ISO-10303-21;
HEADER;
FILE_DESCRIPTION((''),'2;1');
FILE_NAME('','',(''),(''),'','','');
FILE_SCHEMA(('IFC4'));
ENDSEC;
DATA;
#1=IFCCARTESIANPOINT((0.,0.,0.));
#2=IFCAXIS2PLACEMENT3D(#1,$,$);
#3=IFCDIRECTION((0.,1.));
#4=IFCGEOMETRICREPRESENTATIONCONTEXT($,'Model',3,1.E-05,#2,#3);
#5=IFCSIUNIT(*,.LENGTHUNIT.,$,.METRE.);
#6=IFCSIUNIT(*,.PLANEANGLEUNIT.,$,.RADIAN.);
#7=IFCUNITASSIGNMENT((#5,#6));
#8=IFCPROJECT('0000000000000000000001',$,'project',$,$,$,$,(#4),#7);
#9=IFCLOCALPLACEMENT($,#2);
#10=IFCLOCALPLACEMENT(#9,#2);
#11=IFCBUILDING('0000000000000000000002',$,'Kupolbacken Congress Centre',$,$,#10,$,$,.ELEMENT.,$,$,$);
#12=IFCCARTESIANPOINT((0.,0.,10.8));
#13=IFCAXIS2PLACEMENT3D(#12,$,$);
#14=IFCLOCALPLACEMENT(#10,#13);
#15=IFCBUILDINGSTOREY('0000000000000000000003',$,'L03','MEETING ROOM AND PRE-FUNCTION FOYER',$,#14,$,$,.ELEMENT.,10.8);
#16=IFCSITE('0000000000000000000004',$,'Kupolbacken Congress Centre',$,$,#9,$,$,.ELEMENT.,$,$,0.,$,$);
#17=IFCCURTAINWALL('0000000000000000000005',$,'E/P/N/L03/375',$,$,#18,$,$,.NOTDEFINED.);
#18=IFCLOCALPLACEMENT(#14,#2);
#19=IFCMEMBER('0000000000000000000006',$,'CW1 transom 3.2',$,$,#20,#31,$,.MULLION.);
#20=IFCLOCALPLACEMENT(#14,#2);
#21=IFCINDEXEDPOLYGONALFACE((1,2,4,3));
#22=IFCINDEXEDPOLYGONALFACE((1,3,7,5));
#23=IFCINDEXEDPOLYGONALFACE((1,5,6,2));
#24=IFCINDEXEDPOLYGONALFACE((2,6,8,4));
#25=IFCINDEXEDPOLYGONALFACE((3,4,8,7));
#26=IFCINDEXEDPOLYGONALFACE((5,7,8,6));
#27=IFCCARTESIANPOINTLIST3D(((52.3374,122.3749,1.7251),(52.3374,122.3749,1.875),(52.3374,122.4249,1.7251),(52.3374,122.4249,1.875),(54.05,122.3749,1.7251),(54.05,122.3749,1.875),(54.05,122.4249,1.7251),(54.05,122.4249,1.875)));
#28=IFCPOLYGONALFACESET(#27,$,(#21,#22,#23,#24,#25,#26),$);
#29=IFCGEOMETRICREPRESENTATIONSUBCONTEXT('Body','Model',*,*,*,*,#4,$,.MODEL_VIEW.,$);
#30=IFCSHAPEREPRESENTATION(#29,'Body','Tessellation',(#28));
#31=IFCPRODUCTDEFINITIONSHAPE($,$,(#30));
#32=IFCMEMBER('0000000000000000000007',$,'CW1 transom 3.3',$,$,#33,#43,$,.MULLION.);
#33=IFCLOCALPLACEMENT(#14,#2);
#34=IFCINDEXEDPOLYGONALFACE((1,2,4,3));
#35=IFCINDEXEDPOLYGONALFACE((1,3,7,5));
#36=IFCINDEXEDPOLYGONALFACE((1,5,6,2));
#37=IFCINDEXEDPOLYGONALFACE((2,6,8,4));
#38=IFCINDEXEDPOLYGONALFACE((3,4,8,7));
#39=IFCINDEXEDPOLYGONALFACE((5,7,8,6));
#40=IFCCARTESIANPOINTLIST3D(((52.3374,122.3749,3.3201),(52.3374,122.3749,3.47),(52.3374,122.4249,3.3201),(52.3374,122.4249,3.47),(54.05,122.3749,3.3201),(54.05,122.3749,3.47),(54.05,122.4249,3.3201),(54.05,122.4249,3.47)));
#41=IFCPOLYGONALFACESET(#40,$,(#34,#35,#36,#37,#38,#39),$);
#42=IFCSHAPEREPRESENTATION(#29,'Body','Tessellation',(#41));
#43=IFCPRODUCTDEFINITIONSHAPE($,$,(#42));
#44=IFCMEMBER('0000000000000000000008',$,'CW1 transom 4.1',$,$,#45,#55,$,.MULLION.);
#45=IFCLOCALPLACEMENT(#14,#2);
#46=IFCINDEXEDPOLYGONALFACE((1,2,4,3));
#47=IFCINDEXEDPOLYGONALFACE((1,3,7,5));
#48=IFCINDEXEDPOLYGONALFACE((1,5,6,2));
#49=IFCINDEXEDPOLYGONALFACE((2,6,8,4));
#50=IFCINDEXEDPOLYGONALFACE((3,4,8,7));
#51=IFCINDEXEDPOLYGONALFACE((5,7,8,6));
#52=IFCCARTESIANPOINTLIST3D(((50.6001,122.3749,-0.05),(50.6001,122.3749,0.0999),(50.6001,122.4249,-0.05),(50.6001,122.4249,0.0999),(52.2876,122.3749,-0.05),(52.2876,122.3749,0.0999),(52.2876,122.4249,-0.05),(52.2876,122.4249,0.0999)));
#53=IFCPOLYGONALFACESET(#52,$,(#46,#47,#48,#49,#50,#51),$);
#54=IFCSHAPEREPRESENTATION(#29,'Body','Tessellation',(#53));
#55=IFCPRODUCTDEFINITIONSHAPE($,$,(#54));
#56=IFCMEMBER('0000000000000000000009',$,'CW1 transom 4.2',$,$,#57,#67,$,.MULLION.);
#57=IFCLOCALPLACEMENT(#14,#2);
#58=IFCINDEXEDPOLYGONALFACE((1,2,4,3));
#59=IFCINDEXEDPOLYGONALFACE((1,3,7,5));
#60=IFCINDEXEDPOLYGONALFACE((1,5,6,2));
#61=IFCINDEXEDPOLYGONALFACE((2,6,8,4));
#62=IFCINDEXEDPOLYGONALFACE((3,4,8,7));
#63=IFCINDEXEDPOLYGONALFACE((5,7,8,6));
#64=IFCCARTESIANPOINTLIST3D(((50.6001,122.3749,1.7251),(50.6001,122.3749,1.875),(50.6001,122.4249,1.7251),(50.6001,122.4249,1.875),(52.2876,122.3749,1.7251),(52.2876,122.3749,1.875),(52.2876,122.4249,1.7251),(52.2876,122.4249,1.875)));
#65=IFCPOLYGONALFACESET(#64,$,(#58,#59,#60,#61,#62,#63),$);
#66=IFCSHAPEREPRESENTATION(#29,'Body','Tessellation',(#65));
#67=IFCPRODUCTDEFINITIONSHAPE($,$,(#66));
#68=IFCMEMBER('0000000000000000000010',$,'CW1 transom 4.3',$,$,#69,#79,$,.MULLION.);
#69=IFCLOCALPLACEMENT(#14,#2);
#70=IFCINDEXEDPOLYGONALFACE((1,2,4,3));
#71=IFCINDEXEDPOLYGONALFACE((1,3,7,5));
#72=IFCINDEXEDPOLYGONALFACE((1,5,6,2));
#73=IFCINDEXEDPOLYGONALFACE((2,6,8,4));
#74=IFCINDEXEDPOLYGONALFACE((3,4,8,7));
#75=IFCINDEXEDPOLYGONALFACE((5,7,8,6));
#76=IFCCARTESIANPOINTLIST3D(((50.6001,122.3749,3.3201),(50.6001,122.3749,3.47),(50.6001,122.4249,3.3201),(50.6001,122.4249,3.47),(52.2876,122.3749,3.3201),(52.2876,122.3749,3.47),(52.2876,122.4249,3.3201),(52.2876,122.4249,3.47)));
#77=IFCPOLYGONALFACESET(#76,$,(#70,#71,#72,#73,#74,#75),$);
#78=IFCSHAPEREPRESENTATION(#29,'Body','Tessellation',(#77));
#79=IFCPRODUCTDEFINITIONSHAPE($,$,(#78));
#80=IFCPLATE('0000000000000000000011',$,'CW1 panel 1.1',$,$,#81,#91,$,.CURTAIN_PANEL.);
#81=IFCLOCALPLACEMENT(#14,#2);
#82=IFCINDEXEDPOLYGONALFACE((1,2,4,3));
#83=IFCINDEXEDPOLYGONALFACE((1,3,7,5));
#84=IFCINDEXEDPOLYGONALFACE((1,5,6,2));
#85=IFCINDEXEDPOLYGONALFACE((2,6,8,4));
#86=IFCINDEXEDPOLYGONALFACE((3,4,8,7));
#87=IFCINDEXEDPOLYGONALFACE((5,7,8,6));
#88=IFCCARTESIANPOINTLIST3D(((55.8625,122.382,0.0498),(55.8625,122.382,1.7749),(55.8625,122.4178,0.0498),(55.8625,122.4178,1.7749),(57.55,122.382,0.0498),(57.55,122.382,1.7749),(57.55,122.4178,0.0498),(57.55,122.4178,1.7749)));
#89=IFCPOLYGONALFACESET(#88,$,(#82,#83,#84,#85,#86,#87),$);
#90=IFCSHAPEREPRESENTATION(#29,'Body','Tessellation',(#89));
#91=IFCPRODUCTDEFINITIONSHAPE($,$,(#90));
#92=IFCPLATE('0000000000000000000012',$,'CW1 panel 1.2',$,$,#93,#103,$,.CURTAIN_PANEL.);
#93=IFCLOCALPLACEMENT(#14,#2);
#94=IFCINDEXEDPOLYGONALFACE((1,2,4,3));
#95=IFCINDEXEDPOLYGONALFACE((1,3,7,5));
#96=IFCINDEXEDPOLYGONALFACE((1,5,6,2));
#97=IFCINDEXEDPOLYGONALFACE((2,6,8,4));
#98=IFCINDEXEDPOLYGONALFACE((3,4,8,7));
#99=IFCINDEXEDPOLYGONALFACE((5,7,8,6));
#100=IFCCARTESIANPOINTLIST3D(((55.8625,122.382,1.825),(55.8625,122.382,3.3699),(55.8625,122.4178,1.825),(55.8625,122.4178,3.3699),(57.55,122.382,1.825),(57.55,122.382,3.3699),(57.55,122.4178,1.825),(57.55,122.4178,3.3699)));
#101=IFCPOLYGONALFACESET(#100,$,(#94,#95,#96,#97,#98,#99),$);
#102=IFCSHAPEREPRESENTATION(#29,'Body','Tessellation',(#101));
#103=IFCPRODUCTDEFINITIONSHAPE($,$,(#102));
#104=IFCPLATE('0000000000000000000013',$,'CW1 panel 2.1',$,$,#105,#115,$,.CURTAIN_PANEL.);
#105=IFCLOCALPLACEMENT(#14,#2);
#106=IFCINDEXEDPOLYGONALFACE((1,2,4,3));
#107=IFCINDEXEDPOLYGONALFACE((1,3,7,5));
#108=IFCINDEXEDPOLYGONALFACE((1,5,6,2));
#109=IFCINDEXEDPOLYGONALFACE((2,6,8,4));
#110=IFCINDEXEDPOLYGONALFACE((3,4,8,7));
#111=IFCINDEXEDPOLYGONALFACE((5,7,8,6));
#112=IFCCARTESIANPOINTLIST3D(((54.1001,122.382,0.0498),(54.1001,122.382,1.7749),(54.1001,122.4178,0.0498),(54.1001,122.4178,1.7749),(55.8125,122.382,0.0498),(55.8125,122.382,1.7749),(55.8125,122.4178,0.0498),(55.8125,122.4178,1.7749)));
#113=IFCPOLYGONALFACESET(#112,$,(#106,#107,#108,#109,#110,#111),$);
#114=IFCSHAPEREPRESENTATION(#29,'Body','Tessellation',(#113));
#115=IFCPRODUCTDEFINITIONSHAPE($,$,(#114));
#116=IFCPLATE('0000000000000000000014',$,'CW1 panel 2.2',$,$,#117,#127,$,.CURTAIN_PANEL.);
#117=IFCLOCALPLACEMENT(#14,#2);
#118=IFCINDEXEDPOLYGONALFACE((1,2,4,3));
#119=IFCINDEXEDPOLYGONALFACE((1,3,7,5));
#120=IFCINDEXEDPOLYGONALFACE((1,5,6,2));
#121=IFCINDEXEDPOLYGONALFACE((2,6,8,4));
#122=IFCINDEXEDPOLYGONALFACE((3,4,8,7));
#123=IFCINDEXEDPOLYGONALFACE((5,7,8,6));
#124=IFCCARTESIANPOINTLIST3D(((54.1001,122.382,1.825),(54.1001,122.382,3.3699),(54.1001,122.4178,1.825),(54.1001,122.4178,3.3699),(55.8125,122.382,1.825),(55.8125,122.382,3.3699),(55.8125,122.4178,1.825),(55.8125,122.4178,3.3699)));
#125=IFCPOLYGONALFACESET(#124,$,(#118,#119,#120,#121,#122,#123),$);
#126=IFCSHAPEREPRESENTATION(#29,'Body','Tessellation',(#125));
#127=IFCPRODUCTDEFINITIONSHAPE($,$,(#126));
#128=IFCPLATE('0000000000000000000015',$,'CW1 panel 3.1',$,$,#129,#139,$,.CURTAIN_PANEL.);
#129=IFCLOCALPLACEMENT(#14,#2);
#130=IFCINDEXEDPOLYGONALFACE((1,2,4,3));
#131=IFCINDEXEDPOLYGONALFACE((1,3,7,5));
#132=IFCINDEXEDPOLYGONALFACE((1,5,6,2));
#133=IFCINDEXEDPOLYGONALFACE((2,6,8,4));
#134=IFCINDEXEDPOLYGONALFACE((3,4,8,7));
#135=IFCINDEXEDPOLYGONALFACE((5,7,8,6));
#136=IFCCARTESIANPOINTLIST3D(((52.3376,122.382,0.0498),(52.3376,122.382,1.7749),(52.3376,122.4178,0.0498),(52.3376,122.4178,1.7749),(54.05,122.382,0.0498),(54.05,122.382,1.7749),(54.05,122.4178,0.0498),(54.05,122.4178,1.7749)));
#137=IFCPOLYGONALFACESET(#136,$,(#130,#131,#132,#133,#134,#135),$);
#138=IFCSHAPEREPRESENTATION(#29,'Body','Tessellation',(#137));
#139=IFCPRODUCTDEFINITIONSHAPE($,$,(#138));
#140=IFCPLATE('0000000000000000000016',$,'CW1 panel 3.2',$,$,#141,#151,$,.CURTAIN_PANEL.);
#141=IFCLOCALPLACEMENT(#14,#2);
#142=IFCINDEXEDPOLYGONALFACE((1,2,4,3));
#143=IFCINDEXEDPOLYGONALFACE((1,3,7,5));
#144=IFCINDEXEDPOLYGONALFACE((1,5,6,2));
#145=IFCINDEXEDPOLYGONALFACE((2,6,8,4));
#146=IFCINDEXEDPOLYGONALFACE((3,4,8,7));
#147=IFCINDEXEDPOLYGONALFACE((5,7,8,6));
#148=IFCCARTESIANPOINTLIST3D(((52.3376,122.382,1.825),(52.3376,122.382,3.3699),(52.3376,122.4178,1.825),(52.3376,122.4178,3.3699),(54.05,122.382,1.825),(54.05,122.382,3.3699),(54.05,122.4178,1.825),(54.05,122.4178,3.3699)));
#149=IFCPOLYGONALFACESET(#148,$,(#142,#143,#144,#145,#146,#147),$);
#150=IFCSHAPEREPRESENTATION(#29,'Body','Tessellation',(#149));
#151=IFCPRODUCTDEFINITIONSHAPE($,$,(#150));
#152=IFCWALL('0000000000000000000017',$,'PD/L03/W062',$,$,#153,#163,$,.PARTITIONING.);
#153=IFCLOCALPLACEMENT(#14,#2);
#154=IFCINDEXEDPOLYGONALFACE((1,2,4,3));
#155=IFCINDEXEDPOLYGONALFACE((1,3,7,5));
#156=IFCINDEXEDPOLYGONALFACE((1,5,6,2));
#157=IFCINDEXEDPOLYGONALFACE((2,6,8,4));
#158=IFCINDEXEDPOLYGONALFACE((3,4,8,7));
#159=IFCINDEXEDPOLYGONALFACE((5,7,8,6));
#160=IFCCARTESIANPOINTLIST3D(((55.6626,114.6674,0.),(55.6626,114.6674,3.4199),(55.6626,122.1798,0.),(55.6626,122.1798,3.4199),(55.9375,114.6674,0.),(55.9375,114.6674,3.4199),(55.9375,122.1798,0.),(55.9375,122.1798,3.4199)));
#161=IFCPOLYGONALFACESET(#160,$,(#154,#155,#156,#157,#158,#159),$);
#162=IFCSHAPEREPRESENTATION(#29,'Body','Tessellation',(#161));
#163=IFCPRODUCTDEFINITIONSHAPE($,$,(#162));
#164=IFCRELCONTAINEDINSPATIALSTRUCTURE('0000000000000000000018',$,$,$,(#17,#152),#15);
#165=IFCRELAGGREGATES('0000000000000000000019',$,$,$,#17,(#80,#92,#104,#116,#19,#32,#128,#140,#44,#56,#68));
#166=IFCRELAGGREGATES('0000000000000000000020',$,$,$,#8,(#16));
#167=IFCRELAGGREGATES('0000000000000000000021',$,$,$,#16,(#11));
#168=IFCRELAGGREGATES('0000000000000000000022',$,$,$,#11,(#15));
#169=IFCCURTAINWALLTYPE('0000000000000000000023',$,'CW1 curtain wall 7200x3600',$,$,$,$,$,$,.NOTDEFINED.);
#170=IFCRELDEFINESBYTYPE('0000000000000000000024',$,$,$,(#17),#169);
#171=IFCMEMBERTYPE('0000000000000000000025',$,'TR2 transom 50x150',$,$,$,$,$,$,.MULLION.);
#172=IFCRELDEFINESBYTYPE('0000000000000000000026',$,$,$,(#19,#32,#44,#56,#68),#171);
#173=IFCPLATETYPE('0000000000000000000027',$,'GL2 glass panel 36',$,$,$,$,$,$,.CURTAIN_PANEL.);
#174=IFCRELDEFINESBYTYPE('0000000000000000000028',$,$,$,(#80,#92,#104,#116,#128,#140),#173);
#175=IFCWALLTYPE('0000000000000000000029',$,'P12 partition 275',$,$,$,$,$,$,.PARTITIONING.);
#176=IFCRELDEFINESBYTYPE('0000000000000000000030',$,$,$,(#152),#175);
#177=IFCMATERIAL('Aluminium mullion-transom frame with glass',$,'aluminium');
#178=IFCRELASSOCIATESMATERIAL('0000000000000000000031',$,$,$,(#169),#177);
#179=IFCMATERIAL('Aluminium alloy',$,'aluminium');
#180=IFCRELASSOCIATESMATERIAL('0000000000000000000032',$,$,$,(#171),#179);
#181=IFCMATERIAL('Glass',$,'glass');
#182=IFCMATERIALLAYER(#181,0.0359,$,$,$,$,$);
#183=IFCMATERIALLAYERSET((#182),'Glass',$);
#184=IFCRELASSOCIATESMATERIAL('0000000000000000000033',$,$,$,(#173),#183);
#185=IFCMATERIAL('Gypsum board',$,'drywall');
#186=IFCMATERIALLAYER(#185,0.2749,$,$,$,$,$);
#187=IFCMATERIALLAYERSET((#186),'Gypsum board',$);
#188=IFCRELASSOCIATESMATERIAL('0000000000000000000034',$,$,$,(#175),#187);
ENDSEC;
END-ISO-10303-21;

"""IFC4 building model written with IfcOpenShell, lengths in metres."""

from ifc_helpers import new_model, si_unit, direction, frame, frame_2d, origin, origin_2d, place, context, subcontext, project, spatial, rectangle, extrude, material, layer, layer_set, material_profile, profile_set, type_object, element, aggregate, save


model = new_model("IFC4")

# Units and contexts
model_context = context("Model", 3, precision=1e-05, world=origin(), true_north=direction((0.0, 1.0)))
body_context = subcontext(model_context, "Body", "Model", "MODEL_VIEW")
ifc_project = project(units=[si_unit("LENGTHUNIT", "METRE"), si_unit("PLANEANGLEUNIT", "RADIAN")], contexts=[model_context])

# Site, building, storey
site_placement = place(None, origin())
site = spatial("IfcSite", under=ifc_project, at=site_placement, Name="Kupolbacken Congress Centre", CompositionType="ELEMENT", RefElevation=0.0)
building_placement = place(site_placement, origin())
building = spatial("IfcBuilding", under=site, at=building_placement, Name="Kupolbacken Congress Centre", CompositionType="ELEMENT")
storey_placement = place(building_placement, frame((0.0, 0.0, 10.8)))
storey = spatial("IfcBuildingStorey", under=building, at=storey_placement, Name="L03", Description="MEETING ROOM AND PRE-FUNCTION FOYER", CompositionType="ELEMENT", Elevation=10.8)

# Curtain wall, members, plates
ifc_material_1 = material(Name="Aluminium mullion-transom frame with glass", Category="aluminium")
curtain_wall_type = type_object("IfcCurtainWallType", Name="CW1 curtain wall 7200x3600", PredefinedType="NOTDEFINED", material=ifc_material_1)
curtain_wall_placement = place(storey_placement, origin())
curtain_wall = element("IfcCurtainWall", 1, at=curtain_wall_placement, inside=storey, type_object=curtain_wall_type, Name="E/P/N/L03/375", PredefinedType="NOTDEFINED")
ifc_material_2 = material(Name="Aluminium alloy", Category="aluminium")
ifc_material_profile_1 = material_profile(ifc_material_2, rectangle(XDim=0.05, YDim=0.1499, at=origin_2d()), Name="50 x 150")
ifc_profile_set_1 = profile_set([ifc_material_profile_1], Name="Aluminium alloy")
member_type_1 = type_object("IfcMemberType", Name="TR2 transom 50x150", PredefinedType="MULLION", material=ifc_profile_set_1)
member_1_placement = place(storey_placement, frame((54.05, 122.3999, 1.8), z_axis=(-1.0, 0.0, 0.0), x_axis=(0.0, -1.0, 0.0)))
member_1 = element("IfcMember", 2, at=member_1_placement, type_object=member_type_1, Name="CW1 transom 3.2", PredefinedType="MULLION", context=body_context, shape_type="SweptSolid", body=[
    extrude(rectangle(XDim=0.05, YDim=0.1499, at=origin_2d()), origin(), (0.0, 0.0, 1.0), 1.7126),
])
member_2_placement = place(storey_placement, frame((54.05, 122.3999, 3.395), z_axis=(-1.0, 0.0, 0.0), x_axis=(0.0, -1.0, 0.0)))
member_2 = element("IfcMember", 3, at=member_2_placement, type_object=member_type_1, Name="CW1 transom 3.3", PredefinedType="MULLION", context=body_context, shape_type="SweptSolid", body=[
    extrude(rectangle(XDim=0.05, YDim=0.1499, at=origin_2d()), origin(), (0.0, 0.0, 1.0), 1.7126),
])
member_3_placement = place(storey_placement, frame((52.2876, 122.3999, 0.0249), z_axis=(-1.0, 0.0, 0.0), x_axis=(0.0, -1.0, 0.0)))
member_3 = element("IfcMember", 4, at=member_3_placement, type_object=member_type_1, Name="CW1 transom 4.1", PredefinedType="MULLION", context=body_context, shape_type="SweptSolid", body=[
    extrude(rectangle(XDim=0.05, YDim=0.1499, at=origin_2d()), origin(), (0.0, 0.0, 1.0), 1.6875),
])
member_4_placement = place(storey_placement, frame((52.2876, 122.3999, 1.8), z_axis=(-1.0, 0.0, 0.0), x_axis=(0.0, -1.0, 0.0)))
member_4 = element("IfcMember", 5, at=member_4_placement, type_object=member_type_1, Name="CW1 transom 4.2", PredefinedType="MULLION", context=body_context, shape_type="SweptSolid", body=[
    extrude(rectangle(XDim=0.05, YDim=0.1499, at=origin_2d()), origin(), (0.0, 0.0, 1.0), 1.6875),
])
member_5_placement = place(storey_placement, frame((52.2876, 122.3999, 3.395), z_axis=(-1.0, 0.0, 0.0), x_axis=(0.0, -1.0, 0.0)))
member_5 = element("IfcMember", 6, at=member_5_placement, type_object=member_type_1, Name="CW1 transom 4.3", PredefinedType="MULLION", context=body_context, shape_type="SweptSolid", body=[
    extrude(rectangle(XDim=0.05, YDim=0.1499, at=origin_2d()), origin(), (0.0, 0.0, 1.0), 1.6875),
])
ifc_material_3 = material(Name="Glass", Category="glass")
ifc_layer_1 = layer(ifc_material_3, 0.0359)
ifc_layer_set_1 = layer_set([ifc_layer_1], Name="Glass")
plate_type = type_object("IfcPlateType", Name="GL2 glass panel 36", PredefinedType="CURTAIN_PANEL", material=ifc_layer_set_1)
plate_1_placement = place(storey_placement, frame((56.7063, 122.3999, 0.0498), z_axis=(0.0, 0.0, 1.0), x_axis=(-1.0, 0.0, 0.0)))
plate_1 = element("IfcPlate", 7, at=plate_1_placement, type_object=plate_type, Name="CW1 panel 1.1", PredefinedType="CURTAIN_PANEL", context=body_context, shape_type="SweptSolid", body=[
    extrude(rectangle(XDim=1.6875, YDim=0.0359, at=origin_2d()), origin(), (0.0, 0.0, 1.0), 1.7251),
])
plate_2_placement = place(storey_placement, frame((56.7063, 122.3999, 1.825), z_axis=(0.0, 0.0, 1.0), x_axis=(-1.0, 0.0, 0.0)))
plate_2 = element("IfcPlate", 8, at=plate_2_placement, type_object=plate_type, Name="CW1 panel 1.2", PredefinedType="CURTAIN_PANEL", context=body_context, shape_type="SweptSolid", body=[
    extrude(rectangle(XDim=1.6875, YDim=0.0359, at=origin_2d()), origin(), (0.0, 0.0, 1.0), 1.5449),
])
plate_3_placement = place(storey_placement, frame((54.9563, 122.3999, 0.0498), z_axis=(0.0, 0.0, 1.0), x_axis=(-1.0, 0.0, 0.0)))
plate_3 = element("IfcPlate", 9, at=plate_3_placement, type_object=plate_type, Name="CW1 panel 2.1", PredefinedType="CURTAIN_PANEL", context=body_context, shape_type="SweptSolid", body=[
    extrude(rectangle(XDim=1.7124, YDim=0.0359, at=origin_2d()), origin(), (0.0, 0.0, 1.0), 1.7251),
])
plate_4_placement = place(storey_placement, frame((54.9563, 122.3999, 1.825), z_axis=(0.0, 0.0, 1.0), x_axis=(-1.0, 0.0, 0.0)))
plate_4 = element("IfcPlate", 10, at=plate_4_placement, type_object=plate_type, Name="CW1 panel 2.2", PredefinedType="CURTAIN_PANEL", context=body_context, shape_type="SweptSolid", body=[
    extrude(rectangle(XDim=1.7124, YDim=0.0359, at=origin_2d()), origin(), (0.0, 0.0, 1.0), 1.5449),
])
plate_5_placement = place(storey_placement, frame((53.1938, 122.3999, 0.0498), z_axis=(0.0, 0.0, 1.0), x_axis=(-1.0, 0.0, 0.0)))
plate_5 = element("IfcPlate", 11, at=plate_5_placement, type_object=plate_type, Name="CW1 panel 3.1", PredefinedType="CURTAIN_PANEL", context=body_context, shape_type="SweptSolid", body=[
    extrude(rectangle(XDim=1.7124, YDim=0.0359, at=origin_2d()), origin(), (0.0, 0.0, 1.0), 1.7251),
])
plate_6_placement = place(storey_placement, frame((53.1938, 122.3999, 1.825), z_axis=(0.0, 0.0, 1.0), x_axis=(-1.0, 0.0, 0.0)))
plate_6 = element("IfcPlate", 12, at=plate_6_placement, type_object=plate_type, Name="CW1 panel 3.2", PredefinedType="CURTAIN_PANEL", context=body_context, shape_type="SweptSolid", body=[
    extrude(rectangle(XDim=1.7124, YDim=0.0359, at=origin_2d()), origin(), (0.0, 0.0, 1.0), 1.5449),
])
aggregate(curtain_wall, [plate_1, plate_2, plate_3, plate_4, member_1, member_2, plate_5, plate_6, member_3, member_4, member_5])

# Wall
ifc_material_4 = material(Name="Gypsum board", Category="drywall")
ifc_layer_2 = layer(ifc_material_4, 0.2749)
ifc_layer_set_2 = layer_set([ifc_layer_2], Name="Gypsum board")
wall_type = type_object("IfcWallType", Name="P12 partition 275", PredefinedType="PARTITIONING", material=ifc_layer_set_2)
wall_placement = place(storey_placement, frame((55.8, 122.1799, 0.0), z_axis=(0.0, 0.0, 1.0), x_axis=(0.0, -1.0, 0.0)))
element("IfcWall", 13, at=wall_placement, inside=storey, type_object=wall_type, Name="PD/L03/W062", PredefinedType="PARTITIONING", context=body_context, shape_type="SweptSolid", body=[
    extrude(rectangle(XDim=7.5125, YDim=0.2749, at=frame_2d((3.7563, 0.0))), origin(), (0.0, 0.0, 1.0), 3.4199),
])

save(model, "model.ifc")
